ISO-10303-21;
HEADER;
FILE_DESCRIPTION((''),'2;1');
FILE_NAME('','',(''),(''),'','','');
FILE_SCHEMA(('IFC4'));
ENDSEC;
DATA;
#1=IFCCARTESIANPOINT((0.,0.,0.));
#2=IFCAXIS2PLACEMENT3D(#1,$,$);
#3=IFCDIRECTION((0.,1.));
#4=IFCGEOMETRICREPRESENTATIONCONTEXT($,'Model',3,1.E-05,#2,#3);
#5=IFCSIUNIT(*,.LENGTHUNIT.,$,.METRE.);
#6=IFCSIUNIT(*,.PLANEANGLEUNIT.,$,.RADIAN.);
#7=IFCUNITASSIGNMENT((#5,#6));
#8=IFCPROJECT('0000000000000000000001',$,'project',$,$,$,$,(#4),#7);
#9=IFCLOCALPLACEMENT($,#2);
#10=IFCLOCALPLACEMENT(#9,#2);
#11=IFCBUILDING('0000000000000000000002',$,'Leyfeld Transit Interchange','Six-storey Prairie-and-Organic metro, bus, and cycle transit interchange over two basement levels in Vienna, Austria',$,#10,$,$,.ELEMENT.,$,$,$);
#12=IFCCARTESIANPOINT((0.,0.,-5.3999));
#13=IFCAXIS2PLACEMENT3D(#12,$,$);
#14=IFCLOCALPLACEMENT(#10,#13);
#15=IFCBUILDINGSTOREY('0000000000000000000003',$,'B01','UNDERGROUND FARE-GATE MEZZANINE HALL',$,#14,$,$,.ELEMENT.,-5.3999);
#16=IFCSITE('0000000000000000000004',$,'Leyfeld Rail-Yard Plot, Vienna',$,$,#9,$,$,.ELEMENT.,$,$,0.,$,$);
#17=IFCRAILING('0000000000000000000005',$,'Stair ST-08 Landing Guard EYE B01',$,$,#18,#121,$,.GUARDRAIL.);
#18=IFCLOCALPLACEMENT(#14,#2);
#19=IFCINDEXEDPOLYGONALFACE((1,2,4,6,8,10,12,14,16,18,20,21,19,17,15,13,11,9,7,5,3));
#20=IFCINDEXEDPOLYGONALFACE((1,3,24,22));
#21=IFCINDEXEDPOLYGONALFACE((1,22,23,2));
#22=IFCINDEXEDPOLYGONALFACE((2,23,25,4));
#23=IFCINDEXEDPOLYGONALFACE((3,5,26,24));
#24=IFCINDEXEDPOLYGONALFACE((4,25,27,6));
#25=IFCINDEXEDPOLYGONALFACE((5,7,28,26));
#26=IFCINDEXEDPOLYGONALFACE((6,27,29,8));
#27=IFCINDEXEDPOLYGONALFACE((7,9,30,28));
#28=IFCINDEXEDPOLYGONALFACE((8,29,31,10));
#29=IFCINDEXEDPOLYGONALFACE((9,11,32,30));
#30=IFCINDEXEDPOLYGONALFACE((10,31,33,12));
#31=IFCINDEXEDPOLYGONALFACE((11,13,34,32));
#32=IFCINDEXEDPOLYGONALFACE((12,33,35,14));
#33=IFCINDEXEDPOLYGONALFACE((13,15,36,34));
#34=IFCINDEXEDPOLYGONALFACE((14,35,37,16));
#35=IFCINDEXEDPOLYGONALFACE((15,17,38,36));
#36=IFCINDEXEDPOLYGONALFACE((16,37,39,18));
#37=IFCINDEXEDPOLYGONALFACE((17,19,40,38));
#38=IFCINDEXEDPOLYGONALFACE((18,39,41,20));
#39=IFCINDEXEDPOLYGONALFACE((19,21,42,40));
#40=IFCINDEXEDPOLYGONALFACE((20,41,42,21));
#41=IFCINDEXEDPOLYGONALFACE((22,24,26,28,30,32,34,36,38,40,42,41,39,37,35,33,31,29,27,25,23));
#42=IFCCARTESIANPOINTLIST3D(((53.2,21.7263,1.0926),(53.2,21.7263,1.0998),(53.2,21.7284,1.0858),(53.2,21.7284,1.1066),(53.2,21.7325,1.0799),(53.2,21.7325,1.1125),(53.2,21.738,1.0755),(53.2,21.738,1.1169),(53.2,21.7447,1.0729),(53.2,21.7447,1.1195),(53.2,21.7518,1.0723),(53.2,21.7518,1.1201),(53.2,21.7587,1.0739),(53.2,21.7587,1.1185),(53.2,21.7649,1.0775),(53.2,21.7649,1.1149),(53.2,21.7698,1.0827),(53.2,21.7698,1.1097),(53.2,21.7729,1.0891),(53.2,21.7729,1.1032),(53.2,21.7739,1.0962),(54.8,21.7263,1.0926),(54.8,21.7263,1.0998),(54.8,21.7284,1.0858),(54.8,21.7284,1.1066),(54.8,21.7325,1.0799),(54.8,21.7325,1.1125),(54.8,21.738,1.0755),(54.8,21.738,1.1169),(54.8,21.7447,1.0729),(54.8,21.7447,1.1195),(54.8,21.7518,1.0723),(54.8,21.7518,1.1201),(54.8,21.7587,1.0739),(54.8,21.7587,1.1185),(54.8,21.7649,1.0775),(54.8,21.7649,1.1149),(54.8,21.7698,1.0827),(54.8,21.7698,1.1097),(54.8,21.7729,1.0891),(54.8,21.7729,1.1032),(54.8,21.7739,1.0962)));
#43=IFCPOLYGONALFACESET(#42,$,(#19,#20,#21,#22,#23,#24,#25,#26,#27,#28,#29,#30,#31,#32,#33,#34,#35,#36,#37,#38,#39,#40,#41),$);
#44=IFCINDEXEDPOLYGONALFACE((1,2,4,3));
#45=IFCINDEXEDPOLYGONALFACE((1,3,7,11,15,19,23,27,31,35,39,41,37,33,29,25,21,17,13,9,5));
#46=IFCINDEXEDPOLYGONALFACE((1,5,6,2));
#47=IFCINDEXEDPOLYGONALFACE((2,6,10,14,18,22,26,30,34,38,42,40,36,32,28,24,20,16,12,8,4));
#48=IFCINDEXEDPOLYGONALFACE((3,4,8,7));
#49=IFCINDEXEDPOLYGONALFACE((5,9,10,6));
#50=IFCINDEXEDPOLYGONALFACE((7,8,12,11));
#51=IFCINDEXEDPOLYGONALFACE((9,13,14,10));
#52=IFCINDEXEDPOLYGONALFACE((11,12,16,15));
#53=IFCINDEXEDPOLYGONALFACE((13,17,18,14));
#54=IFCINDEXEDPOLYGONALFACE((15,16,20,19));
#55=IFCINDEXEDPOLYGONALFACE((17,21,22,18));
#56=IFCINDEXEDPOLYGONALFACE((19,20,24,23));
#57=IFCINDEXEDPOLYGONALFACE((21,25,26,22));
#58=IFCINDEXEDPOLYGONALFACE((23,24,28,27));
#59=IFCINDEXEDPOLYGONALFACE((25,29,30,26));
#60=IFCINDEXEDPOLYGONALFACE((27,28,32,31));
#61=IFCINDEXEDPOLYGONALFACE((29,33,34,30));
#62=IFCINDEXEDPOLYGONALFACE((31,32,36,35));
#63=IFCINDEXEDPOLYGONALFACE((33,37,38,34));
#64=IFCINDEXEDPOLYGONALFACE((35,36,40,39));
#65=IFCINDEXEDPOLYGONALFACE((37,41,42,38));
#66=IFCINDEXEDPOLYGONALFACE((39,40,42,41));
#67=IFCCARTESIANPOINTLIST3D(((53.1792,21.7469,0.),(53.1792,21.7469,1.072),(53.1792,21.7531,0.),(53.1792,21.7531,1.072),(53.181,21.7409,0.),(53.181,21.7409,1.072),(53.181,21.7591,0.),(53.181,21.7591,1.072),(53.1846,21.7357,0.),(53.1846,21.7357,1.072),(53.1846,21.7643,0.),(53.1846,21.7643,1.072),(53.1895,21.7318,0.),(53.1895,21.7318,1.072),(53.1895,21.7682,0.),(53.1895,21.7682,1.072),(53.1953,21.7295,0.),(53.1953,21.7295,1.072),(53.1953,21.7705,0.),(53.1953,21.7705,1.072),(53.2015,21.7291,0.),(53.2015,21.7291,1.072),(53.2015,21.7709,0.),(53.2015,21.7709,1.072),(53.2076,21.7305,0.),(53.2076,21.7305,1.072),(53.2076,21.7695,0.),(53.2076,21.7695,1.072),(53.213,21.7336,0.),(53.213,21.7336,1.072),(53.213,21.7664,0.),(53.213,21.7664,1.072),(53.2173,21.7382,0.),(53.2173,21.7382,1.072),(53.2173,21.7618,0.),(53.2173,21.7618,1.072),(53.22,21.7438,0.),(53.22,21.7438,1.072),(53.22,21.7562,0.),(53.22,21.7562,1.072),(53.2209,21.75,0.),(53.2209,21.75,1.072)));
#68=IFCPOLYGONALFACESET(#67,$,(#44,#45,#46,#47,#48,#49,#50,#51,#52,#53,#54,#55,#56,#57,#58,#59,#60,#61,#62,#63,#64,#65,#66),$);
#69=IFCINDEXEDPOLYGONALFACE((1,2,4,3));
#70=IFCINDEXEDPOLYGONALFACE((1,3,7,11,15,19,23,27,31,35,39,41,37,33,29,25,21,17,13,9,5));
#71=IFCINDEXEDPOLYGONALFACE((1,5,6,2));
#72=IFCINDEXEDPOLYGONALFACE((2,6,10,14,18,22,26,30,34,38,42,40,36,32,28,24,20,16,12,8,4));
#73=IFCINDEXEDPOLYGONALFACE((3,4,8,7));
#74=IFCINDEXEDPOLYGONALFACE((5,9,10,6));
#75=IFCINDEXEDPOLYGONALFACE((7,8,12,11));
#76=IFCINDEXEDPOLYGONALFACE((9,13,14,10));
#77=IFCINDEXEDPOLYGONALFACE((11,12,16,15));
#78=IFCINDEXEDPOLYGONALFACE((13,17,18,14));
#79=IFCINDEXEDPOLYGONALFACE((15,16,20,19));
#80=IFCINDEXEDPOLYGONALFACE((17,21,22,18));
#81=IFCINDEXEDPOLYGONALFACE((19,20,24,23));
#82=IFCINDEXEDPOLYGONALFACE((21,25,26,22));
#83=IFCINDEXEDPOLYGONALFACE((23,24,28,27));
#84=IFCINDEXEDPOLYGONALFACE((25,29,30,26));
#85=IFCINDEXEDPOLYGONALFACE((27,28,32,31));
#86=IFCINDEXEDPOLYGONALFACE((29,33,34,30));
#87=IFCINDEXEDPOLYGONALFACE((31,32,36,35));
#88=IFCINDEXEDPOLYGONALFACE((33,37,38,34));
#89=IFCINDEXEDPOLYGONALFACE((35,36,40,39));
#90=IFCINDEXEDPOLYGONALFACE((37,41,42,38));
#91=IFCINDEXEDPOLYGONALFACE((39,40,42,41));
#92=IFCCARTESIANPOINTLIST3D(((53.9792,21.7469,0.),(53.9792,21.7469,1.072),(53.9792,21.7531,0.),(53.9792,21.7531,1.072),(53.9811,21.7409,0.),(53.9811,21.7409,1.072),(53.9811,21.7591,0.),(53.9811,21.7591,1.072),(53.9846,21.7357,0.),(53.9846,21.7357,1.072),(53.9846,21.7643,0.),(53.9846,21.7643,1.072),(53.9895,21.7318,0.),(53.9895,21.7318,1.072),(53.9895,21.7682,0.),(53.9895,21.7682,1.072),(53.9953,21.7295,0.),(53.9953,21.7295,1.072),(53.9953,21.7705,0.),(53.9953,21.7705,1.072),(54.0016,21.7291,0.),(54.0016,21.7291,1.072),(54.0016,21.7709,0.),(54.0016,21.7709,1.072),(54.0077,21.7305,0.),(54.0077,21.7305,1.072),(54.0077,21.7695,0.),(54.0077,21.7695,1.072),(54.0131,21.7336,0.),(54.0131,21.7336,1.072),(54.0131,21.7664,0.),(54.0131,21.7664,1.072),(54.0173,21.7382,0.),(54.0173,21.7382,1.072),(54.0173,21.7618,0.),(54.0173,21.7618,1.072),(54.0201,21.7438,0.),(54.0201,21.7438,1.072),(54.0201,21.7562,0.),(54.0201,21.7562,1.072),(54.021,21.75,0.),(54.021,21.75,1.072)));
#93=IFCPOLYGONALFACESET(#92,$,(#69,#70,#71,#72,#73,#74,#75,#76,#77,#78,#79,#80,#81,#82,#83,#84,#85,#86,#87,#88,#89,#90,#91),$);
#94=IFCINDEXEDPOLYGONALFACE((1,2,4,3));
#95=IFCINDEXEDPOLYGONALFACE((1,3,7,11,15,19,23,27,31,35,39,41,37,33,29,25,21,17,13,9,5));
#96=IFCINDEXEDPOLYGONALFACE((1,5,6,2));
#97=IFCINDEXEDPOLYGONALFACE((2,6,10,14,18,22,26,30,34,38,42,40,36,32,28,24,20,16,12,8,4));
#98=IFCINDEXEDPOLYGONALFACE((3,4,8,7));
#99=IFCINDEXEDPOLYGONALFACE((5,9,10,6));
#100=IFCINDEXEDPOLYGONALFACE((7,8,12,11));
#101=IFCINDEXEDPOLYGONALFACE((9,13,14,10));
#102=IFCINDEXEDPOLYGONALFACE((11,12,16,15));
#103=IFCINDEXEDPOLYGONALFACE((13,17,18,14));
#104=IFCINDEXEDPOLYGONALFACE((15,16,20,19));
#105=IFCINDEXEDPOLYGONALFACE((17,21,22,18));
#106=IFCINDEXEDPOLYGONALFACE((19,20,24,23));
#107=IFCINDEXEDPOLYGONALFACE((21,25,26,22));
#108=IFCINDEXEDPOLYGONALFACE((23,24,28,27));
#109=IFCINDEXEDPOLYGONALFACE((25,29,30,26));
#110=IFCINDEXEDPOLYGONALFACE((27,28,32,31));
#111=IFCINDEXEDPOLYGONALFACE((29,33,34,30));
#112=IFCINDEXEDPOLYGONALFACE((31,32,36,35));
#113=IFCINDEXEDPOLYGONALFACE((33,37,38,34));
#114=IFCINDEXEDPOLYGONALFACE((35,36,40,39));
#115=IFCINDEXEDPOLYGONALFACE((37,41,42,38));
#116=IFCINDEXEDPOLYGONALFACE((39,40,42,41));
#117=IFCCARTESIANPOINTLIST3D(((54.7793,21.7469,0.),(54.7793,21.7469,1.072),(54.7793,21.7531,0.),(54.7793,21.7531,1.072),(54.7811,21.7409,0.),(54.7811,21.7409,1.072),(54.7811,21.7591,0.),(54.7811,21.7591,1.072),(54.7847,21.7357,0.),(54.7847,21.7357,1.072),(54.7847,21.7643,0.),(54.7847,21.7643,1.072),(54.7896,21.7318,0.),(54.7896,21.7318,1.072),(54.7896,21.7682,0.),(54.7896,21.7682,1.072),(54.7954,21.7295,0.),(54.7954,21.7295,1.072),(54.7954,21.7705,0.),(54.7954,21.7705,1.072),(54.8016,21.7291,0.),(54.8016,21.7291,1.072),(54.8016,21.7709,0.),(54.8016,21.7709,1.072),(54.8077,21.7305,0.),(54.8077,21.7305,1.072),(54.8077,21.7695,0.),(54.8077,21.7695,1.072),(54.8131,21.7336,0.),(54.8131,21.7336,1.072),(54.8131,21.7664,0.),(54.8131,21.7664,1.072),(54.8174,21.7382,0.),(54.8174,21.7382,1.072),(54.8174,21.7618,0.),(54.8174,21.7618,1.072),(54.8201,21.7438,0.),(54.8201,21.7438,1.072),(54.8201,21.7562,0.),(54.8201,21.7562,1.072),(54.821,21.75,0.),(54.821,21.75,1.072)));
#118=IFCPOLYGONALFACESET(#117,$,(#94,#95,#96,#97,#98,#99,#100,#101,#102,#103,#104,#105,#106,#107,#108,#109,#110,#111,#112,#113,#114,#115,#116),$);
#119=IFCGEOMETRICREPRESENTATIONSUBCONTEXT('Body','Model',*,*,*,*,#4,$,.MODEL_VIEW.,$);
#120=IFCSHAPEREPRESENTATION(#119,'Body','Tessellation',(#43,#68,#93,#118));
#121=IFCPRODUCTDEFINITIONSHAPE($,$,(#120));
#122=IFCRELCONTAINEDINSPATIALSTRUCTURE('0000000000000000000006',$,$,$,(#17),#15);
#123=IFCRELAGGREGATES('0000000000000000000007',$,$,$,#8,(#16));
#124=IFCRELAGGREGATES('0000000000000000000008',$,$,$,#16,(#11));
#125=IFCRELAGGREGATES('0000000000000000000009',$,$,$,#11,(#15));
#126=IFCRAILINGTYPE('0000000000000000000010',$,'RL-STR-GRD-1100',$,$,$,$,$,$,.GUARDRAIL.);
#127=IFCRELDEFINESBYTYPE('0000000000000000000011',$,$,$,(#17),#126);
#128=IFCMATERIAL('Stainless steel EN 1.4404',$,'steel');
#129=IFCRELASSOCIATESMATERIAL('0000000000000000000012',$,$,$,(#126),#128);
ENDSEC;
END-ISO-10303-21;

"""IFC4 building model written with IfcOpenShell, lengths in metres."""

from ifc_helpers import new_model, si_unit, direction, frame, origin, origin_2d, place, context, subcontext, project, spatial, circle, extrude, material, type_object, element, save


model = new_model("IFC4")

# Units and contexts
model_context = context("Model", 3, precision=1e-05, world=origin(), true_north=direction((0.0, 1.0)))
body_context = subcontext(model_context, "Body", "Model", "MODEL_VIEW")
ifc_project = project(units=[si_unit("LENGTHUNIT", "METRE"), si_unit("PLANEANGLEUNIT", "RADIAN")], contexts=[model_context])

# Site, building, storey
site_placement = place(None, origin())
site = spatial("IfcSite", under=ifc_project, at=site_placement, Name="Leyfeld Rail-Yard Plot, Vienna", CompositionType="ELEMENT", RefElevation=0.0)
building_placement = place(site_placement, origin())
building = spatial("IfcBuilding", under=site, at=building_placement, Name="Leyfeld Transit Interchange", Description="Six-storey Prairie-and-Organic metro, bus, and cycle transit interchange over two basement levels in Vienna, Austria", CompositionType="ELEMENT")
storey_placement = place(building_placement, frame((0.0, 0.0, -5.3999)))
storey = spatial("IfcBuildingStorey", under=building, at=storey_placement, Name="B01", Description="UNDERGROUND FARE-GATE MEZZANINE HALL", CompositionType="ELEMENT", Elevation=-5.3999)

# Railing
ifc_material_1 = material(Name="Stainless steel EN 1.4404", Category="steel")
railing_type_1 = type_object("IfcRailingType", Name="RL-STR-GRD-1100", PredefinedType="GUARDRAIL", material=ifc_material_1)
railing_1_placement = place(storey_placement, frame((53.2, 21.75, 0.0)))
element("IfcRailing", 1, at=railing_1_placement, inside=storey, type_object=railing_type_1, Name="Stair ST-08 Landing Guard EYE B01", PredefinedType="GUARDRAIL", context=body_context, shape_type="SweptSolid", body=[
    extrude(circle(Radius=0.0239, at=origin_2d()), frame((0.0, 0.0, 1.0962), z_axis=(1.0, 0.0, 0.0), x_axis=(0.0, 1.0, 0.0)), (0.0, 0.0, 1.0), 1.6001),
    extrude(circle(Radius=0.021, at=origin_2d()), origin(), (0.0, 0.0, 1.0), 1.072),
    extrude(circle(Radius=0.021, at=origin_2d()), frame((0.8, 0.0, 0.0)), (0.0, 0.0, 1.0), 1.072),
    extrude(circle(Radius=0.021, at=origin_2d()), frame((1.6001, 0.0, 0.0)), (0.0, 0.0, 1.0), 1.072),
])

save(model, "model.ifc")
